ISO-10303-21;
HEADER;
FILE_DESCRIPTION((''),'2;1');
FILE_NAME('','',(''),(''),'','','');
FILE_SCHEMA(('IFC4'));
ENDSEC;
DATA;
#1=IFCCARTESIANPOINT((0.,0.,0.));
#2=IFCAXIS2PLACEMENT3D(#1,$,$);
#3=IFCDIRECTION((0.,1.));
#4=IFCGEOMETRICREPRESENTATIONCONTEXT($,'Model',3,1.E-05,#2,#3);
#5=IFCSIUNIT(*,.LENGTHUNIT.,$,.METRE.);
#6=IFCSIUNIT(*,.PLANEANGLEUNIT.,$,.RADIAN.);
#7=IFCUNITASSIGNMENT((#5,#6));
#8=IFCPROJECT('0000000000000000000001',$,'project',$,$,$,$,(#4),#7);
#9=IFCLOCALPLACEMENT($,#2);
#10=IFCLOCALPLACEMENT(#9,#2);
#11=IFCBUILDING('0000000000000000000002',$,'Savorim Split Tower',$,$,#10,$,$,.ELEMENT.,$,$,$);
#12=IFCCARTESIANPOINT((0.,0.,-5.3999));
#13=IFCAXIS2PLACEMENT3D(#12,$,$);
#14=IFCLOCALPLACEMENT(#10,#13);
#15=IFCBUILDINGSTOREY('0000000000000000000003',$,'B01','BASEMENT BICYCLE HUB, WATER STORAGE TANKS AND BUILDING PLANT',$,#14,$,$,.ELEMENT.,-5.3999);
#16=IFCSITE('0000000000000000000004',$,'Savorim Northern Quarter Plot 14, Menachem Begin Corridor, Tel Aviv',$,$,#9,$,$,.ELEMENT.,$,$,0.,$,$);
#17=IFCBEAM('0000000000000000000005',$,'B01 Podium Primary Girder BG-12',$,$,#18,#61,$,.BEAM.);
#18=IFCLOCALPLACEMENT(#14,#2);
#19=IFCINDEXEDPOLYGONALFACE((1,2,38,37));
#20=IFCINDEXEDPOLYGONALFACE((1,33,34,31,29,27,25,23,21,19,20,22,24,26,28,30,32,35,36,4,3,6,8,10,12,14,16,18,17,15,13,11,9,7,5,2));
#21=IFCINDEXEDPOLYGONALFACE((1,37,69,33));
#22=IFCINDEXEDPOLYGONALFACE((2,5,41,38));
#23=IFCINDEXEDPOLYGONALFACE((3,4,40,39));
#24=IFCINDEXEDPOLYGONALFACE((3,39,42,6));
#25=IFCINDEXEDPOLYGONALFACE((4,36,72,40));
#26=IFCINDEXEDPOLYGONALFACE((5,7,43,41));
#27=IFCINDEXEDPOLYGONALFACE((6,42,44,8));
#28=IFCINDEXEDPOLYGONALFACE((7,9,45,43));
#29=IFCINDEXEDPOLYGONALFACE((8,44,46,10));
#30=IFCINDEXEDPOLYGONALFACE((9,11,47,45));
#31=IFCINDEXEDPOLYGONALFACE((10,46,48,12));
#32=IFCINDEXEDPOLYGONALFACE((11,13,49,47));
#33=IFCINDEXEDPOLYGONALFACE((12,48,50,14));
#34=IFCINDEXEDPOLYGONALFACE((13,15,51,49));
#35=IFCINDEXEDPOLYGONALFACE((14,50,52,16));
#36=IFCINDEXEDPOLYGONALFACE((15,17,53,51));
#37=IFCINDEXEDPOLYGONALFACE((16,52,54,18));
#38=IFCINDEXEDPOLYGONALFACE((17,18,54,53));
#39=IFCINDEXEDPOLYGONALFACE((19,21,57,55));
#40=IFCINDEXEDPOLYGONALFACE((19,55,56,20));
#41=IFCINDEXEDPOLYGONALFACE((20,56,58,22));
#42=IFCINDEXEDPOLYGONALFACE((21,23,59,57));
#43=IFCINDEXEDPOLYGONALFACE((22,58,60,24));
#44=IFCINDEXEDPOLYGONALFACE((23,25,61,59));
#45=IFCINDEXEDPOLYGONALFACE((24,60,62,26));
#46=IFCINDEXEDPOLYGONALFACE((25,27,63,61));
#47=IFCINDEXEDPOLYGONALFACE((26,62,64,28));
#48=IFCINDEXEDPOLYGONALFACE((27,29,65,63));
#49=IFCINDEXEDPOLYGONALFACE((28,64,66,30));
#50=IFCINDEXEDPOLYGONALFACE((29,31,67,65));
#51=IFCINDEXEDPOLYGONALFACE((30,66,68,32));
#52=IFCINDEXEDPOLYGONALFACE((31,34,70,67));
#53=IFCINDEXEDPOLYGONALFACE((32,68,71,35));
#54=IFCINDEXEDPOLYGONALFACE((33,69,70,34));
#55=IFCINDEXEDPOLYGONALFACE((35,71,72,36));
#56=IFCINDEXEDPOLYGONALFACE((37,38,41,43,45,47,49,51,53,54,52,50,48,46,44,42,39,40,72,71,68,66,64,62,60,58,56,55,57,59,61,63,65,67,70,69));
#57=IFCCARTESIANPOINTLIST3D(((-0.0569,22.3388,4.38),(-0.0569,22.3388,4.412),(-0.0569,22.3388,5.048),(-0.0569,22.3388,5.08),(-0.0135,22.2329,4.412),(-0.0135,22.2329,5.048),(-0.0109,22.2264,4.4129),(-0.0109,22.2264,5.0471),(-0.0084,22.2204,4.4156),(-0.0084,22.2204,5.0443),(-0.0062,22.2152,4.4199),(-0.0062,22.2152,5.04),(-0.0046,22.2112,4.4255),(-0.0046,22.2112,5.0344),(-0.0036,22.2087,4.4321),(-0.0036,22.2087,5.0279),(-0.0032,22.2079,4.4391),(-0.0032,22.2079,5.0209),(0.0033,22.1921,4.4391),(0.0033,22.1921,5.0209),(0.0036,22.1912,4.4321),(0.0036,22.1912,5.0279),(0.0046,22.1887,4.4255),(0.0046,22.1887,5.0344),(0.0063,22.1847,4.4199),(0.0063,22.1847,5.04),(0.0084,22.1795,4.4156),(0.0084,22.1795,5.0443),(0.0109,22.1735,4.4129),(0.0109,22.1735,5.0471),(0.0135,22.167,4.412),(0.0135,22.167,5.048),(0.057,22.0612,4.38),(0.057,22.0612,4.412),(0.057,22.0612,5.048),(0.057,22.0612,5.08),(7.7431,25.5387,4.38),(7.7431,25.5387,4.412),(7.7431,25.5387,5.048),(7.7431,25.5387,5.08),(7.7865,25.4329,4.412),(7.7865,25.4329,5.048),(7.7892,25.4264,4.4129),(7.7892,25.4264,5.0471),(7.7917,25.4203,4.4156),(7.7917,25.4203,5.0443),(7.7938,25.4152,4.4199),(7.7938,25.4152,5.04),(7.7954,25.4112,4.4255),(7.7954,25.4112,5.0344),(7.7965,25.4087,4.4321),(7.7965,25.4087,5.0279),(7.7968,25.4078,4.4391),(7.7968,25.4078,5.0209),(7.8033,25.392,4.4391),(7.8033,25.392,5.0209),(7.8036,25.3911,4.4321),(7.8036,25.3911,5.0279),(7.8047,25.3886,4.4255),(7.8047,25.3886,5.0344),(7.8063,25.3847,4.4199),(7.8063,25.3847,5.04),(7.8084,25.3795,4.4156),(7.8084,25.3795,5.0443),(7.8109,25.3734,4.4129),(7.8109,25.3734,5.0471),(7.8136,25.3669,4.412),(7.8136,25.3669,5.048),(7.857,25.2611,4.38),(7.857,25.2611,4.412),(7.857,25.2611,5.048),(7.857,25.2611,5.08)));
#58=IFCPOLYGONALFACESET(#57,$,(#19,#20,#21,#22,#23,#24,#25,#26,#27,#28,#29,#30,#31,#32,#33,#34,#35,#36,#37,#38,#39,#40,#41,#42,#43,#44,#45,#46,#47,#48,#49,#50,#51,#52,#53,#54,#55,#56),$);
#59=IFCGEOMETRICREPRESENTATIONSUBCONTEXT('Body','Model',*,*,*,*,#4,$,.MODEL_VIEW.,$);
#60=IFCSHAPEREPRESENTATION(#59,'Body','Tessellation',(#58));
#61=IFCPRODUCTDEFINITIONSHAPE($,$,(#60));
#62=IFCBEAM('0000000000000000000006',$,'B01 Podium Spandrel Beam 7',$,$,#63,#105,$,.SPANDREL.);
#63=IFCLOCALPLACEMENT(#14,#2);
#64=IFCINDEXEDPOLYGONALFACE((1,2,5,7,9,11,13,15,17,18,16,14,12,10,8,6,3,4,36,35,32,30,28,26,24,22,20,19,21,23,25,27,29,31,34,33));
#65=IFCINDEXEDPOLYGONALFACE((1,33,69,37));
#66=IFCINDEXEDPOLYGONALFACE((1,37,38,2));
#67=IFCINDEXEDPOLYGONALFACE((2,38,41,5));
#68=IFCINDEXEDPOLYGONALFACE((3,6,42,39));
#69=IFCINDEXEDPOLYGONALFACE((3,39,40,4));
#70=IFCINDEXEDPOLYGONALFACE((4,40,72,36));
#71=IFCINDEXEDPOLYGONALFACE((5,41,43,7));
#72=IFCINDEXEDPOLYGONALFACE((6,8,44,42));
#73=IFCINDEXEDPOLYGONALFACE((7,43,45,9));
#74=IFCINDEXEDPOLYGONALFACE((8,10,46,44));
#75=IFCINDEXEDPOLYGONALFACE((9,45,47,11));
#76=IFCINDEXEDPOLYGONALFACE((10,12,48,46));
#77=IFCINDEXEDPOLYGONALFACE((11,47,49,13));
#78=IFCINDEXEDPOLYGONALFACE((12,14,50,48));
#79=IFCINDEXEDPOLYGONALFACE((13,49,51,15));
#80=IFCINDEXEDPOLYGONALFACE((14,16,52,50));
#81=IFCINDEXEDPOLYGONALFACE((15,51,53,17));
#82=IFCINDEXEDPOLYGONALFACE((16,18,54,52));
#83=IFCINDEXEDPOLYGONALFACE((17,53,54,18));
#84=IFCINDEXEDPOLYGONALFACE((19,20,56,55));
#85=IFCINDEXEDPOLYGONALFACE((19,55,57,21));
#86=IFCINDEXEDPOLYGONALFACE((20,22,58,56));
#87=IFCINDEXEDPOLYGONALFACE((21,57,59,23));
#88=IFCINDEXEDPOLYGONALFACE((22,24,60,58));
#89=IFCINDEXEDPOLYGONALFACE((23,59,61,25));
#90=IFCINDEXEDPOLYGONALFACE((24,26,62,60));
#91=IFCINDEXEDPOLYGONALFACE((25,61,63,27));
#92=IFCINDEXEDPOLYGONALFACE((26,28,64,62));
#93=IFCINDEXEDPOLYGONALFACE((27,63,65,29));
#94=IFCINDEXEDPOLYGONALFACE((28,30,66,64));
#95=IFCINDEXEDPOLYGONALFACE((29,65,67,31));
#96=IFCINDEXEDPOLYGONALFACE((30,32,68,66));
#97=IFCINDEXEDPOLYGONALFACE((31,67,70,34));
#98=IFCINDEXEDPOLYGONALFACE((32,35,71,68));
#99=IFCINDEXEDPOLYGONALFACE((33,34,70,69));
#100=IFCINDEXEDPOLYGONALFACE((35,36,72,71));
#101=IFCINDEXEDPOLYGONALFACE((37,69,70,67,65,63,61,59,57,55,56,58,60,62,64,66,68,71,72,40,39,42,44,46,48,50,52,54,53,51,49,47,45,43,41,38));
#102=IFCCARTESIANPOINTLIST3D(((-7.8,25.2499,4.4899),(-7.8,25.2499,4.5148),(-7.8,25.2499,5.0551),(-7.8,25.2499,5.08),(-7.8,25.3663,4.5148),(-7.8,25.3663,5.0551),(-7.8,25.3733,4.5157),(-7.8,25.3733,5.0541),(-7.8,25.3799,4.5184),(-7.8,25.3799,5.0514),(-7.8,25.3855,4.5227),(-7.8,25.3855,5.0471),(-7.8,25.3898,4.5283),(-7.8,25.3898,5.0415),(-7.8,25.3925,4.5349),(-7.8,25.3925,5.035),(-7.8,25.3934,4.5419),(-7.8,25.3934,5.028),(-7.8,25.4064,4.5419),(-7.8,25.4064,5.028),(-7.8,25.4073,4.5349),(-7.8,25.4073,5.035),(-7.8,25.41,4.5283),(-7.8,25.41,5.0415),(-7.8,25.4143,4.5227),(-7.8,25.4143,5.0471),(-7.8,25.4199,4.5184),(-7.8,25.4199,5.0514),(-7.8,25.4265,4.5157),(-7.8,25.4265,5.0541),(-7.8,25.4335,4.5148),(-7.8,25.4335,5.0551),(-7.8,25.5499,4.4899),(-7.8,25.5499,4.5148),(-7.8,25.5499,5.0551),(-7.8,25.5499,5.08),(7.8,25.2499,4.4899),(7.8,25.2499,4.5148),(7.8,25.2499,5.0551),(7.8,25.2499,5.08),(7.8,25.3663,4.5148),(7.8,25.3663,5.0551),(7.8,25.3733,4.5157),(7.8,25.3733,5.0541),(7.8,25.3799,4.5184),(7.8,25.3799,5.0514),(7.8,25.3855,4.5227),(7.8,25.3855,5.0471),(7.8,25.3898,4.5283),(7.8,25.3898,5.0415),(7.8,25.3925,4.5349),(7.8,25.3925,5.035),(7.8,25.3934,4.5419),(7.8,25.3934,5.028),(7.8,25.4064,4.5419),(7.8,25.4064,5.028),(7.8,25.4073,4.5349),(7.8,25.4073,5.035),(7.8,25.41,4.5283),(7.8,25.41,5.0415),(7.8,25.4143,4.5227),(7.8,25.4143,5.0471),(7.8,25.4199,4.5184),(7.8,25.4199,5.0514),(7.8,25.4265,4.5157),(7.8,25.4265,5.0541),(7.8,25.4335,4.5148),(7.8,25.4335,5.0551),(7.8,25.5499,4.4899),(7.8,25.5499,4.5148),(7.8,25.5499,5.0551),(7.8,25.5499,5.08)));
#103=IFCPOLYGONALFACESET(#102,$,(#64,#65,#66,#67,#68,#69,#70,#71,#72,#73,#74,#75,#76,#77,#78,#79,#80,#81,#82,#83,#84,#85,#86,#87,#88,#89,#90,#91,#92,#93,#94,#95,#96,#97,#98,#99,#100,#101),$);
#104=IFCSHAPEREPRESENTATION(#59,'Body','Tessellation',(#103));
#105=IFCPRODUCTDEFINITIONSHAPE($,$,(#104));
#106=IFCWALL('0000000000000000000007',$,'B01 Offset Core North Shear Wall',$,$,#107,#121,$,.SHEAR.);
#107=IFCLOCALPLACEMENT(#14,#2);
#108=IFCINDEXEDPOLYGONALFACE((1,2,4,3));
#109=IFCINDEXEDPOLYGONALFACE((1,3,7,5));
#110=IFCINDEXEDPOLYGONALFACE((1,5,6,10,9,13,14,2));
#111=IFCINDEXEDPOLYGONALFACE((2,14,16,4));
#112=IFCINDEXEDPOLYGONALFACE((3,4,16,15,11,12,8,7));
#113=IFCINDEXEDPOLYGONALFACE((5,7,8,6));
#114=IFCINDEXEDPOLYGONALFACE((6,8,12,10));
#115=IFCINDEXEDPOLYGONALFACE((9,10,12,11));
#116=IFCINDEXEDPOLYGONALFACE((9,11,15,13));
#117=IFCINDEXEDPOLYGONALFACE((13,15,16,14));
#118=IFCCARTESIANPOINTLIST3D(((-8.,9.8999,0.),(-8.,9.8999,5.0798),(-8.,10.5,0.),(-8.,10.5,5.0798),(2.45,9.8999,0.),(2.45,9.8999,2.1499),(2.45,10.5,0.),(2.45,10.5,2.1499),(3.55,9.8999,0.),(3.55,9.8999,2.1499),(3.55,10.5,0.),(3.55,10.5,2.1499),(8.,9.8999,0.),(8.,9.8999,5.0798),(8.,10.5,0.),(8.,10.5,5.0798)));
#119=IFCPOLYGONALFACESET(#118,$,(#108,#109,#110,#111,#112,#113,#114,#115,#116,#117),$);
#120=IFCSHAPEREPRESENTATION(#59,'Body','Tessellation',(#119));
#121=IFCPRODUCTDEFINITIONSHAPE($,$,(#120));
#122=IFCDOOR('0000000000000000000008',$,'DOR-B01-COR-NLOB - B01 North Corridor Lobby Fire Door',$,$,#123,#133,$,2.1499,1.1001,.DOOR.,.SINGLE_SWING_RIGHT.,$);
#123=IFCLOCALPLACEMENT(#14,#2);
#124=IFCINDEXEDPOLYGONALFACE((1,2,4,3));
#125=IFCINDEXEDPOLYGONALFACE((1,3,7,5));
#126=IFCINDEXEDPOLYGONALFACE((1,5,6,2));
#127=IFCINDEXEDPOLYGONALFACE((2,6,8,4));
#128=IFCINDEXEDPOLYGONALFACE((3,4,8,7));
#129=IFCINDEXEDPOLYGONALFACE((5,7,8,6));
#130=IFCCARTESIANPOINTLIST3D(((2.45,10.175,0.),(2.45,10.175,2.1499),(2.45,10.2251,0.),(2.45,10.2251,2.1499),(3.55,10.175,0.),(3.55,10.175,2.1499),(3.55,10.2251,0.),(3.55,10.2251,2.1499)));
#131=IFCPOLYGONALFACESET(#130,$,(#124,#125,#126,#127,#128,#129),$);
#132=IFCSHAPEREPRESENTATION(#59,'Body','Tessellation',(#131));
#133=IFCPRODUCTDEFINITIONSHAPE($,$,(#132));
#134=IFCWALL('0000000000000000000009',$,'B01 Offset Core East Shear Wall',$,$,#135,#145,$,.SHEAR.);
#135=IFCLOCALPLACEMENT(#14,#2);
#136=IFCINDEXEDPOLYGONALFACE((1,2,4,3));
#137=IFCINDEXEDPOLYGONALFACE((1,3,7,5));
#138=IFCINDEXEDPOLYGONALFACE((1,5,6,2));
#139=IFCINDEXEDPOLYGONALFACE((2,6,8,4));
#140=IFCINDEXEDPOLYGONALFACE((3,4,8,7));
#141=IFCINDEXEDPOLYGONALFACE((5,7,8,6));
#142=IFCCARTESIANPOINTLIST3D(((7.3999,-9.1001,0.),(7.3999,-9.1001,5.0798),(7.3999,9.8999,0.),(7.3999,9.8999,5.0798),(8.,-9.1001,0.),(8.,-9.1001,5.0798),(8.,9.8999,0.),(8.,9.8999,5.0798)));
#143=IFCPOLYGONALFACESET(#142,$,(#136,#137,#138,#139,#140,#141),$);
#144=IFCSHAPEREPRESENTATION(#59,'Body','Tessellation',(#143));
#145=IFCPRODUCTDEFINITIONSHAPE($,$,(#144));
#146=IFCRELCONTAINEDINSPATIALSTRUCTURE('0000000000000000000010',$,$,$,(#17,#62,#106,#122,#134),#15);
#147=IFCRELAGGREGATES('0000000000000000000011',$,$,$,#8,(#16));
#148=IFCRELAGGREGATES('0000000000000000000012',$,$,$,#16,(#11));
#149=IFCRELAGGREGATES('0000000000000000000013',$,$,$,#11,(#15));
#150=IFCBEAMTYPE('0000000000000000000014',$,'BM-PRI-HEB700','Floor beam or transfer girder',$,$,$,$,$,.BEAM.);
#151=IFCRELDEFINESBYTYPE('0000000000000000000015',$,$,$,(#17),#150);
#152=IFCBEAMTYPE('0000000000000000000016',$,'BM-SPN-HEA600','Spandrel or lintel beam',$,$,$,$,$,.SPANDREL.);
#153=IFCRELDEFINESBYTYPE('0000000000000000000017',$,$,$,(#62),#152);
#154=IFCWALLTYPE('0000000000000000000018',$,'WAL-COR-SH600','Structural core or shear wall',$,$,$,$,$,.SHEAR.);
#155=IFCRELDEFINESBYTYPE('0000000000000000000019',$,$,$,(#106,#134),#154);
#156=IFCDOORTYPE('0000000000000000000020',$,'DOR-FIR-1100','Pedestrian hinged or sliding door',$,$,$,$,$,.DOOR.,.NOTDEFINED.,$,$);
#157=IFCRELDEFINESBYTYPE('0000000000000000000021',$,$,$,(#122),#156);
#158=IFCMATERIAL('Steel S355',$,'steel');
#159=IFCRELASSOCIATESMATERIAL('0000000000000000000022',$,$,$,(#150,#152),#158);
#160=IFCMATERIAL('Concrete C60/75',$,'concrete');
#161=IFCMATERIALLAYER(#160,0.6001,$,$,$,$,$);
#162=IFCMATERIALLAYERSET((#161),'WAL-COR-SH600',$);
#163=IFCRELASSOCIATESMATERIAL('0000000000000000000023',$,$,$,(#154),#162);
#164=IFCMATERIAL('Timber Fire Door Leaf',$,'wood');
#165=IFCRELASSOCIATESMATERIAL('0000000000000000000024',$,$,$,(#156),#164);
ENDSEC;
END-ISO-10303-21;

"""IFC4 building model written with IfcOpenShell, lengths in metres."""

from ifc_helpers import new_model, si_unit, direction, frame, frame_2d, origin, origin_2d, place, context, subcontext, project, spatial, rectangle, i_section, extrude, material, layer, layer_set, material_profile, profile_set, type_object, element, fill, save


model = new_model("IFC4")

# Units and contexts
model_context = context("Model", 3, precision=1e-05, world=origin(), true_north=direction((0.0, 1.0)))
body_context = subcontext(model_context, "Body", "Model", "MODEL_VIEW")
ifc_project = project(units=[si_unit("LENGTHUNIT", "METRE"), si_unit("PLANEANGLEUNIT", "RADIAN")], contexts=[model_context])

# Site, building, storey
site_placement = place(None, origin())
site = spatial("IfcSite", under=ifc_project, at=site_placement, Name="Savorim Northern Quarter Plot 14, Menachem Begin Corridor, Tel Aviv", CompositionType="ELEMENT", RefElevation=0.0)
building_placement = place(site_placement, origin())
building = spatial("IfcBuilding", under=site, at=building_placement, Name="Savorim Split Tower", CompositionType="ELEMENT")
storey_placement = place(building_placement, frame((0.0, 0.0, -5.3999)))
storey = spatial("IfcBuildingStorey", under=building, at=storey_placement, Name="B01", Description="BASEMENT BICYCLE HUB, WATER STORAGE TANKS AND BUILDING PLANT", CompositionType="ELEMENT", Elevation=-5.3999)

# Shared definitions
ifc_material_1 = material(Name="Concrete C60/75", Category="concrete")

# Beams
ifc_material_2 = material(Name="Steel S355", Category="steel")
ifc_material_profile_1 = material_profile(ifc_material_2, i_section(OverallWidth=0.3, OverallDepth=0.7, WebThickness=0.0171, FlangeThickness=0.032, FilletRadius=0.0271, at=origin_2d()), Name="HEB 700")
ifc_profile_set_1 = profile_set([ifc_material_profile_1], Name="Steel S355")
beam_type_1 = type_object("IfcBeamType", Name="BM-PRI-HEB700", Description="Floor beam or transfer girder", PredefinedType="BEAM", material=ifc_profile_set_1)
beam_1_placement = place(storey_placement, frame((7.8, 25.3999, 4.73), z_axis=(-0.925171, -0.379549, 0.0), x_axis=(0.379549, -0.925171, 0.0)))
element("IfcBeam", 1, at=beam_1_placement, inside=storey, type_object=beam_type_1, Name="B01 Podium Primary Girder BG-12", PredefinedType="BEAM", context=body_context, shape_type="SweptSolid", body=[
    extrude(i_section(OverallWidth=0.3, OverallDepth=0.7, WebThickness=0.0171, FlangeThickness=0.032, FilletRadius=0.0271, at=origin_2d()), origin(), (0.0, 0.0, 1.0), 8.4309),
])
ifc_material_profile_2 = material_profile(ifc_material_2, i_section(OverallWidth=0.3, OverallDepth=0.5901, WebThickness=0.0129, FlangeThickness=0.0249, FilletRadius=0.0271, at=origin_2d()), Name="HEA 600")
ifc_profile_set_2 = profile_set([ifc_material_profile_2], Name="Steel S355")
beam_type_2 = type_object("IfcBeamType", Name="BM-SPN-HEA600", Description="Spandrel or lintel beam", PredefinedType="SPANDREL", material=ifc_profile_set_2)
beam_2_placement = place(storey_placement, frame((7.8, 25.3999, 4.7849), z_axis=(-1.0, 0.0, 0.0), x_axis=(0.0, -1.0, 0.0)))
element("IfcBeam", 2, at=beam_2_placement, inside=storey, type_object=beam_type_2, Name="B01 Podium Spandrel Beam 7", PredefinedType="SPANDREL", context=body_context, shape_type="SweptSolid", body=[
    extrude(i_section(OverallWidth=0.3, OverallDepth=0.5901, WebThickness=0.0129, FlangeThickness=0.0249, FilletRadius=0.0271, at=origin_2d()), origin(), (0.0, 0.0, 1.0), 15.6001),
])

# Wall, opening, door
ifc_layer_1 = layer(ifc_material_1, 0.6001)
ifc_layer_set_1 = layer_set([ifc_layer_1], Name="WAL-COR-SH600")
wall_type_1 = type_object("IfcWallType", Name="WAL-COR-SH600", Description="Structural core or shear wall", PredefinedType="SHEAR", material=ifc_layer_set_1)
wall_1_placement = place(storey_placement, frame((8.0, 10.2, 0.0), z_axis=(0.0, 0.0, 1.0), x_axis=(-1.0, 0.0, 0.0)))
wall_1 = element("IfcWall", 3, at=wall_1_placement, inside=storey, type_object=wall_type_1, Name="B01 Offset Core North Shear Wall", PredefinedType="SHEAR", context=body_context, shape_type="SweptSolid", body=[
    extrude(rectangle(XDim=16.0, YDim=0.6001, at=frame_2d((8.0, 0.0))), origin(), (0.0, 0.0, 1.0), 5.0798),
])
opening_1_placement = place(wall_1_placement, frame((4.45, 0.0, 0.0)))
opening_1 = element("IfcOpeningElement", 4, at=opening_1_placement, cuts=wall_1, PredefinedType="OPENING", context=body_context, shape_type="SweptSolid", body=[
    extrude(rectangle(XDim=1.1001, YDim=2.1499, at=frame_2d((0.55, 1.075))), frame((0.0, 0.3101, 0.0), z_axis=(0.0, -1.0, 0.0), x_axis=(1.0, 0.0, 0.0)), (0.0, 0.0, 1.0), 0.6201),
])
ifc_material_3 = material(Name="Timber Fire Door Leaf", Category="wood")
door_type_1 = type_object("IfcDoorType", Name="DOR-FIR-1100", Description="Pedestrian hinged or sliding door", OperationType="NOTDEFINED", PredefinedType="DOOR", material=ifc_material_3)
door_1_placement = place(opening_1_placement, origin())
door_1 = element("IfcDoor", 5, at=door_1_placement, inside=storey, type_object=door_type_1, Name="DOR-B01-COR-NLOB - B01 North Corridor Lobby Fire Door", OperationType="SINGLE_SWING_RIGHT", OverallHeight=2.1499, OverallWidth=1.1001, PredefinedType="DOOR", context=body_context, shape_type="SweptSolid", body=[
    extrude(rectangle(XDim=1.1001, YDim=2.1499, at=frame_2d((0.55, 1.075))), frame((0.0, 0.0249, 0.0), z_axis=(0.0, -1.0, 0.0), x_axis=(1.0, 0.0, 0.0)), (0.0, 0.0, 1.0), 0.05),
])
fill(opening_1, door_1)

# Wall
wall_2_placement = place(storey_placement, frame((7.7, 9.8999, 0.0), z_axis=(0.0, 0.0, 1.0), x_axis=(0.0, -1.0, 0.0)))
element("IfcWall", 6, at=wall_2_placement, inside=storey, type_object=wall_type_1, Name="B01 Offset Core East Shear Wall", PredefinedType="SHEAR", context=body_context, shape_type="SweptSolid", body=[
    extrude(rectangle(XDim=19.0, YDim=0.6001, at=frame_2d((9.5, 0.0))), origin(), (0.0, 0.0, 1.0), 5.0798),
])

save(model, "model.ifc")
